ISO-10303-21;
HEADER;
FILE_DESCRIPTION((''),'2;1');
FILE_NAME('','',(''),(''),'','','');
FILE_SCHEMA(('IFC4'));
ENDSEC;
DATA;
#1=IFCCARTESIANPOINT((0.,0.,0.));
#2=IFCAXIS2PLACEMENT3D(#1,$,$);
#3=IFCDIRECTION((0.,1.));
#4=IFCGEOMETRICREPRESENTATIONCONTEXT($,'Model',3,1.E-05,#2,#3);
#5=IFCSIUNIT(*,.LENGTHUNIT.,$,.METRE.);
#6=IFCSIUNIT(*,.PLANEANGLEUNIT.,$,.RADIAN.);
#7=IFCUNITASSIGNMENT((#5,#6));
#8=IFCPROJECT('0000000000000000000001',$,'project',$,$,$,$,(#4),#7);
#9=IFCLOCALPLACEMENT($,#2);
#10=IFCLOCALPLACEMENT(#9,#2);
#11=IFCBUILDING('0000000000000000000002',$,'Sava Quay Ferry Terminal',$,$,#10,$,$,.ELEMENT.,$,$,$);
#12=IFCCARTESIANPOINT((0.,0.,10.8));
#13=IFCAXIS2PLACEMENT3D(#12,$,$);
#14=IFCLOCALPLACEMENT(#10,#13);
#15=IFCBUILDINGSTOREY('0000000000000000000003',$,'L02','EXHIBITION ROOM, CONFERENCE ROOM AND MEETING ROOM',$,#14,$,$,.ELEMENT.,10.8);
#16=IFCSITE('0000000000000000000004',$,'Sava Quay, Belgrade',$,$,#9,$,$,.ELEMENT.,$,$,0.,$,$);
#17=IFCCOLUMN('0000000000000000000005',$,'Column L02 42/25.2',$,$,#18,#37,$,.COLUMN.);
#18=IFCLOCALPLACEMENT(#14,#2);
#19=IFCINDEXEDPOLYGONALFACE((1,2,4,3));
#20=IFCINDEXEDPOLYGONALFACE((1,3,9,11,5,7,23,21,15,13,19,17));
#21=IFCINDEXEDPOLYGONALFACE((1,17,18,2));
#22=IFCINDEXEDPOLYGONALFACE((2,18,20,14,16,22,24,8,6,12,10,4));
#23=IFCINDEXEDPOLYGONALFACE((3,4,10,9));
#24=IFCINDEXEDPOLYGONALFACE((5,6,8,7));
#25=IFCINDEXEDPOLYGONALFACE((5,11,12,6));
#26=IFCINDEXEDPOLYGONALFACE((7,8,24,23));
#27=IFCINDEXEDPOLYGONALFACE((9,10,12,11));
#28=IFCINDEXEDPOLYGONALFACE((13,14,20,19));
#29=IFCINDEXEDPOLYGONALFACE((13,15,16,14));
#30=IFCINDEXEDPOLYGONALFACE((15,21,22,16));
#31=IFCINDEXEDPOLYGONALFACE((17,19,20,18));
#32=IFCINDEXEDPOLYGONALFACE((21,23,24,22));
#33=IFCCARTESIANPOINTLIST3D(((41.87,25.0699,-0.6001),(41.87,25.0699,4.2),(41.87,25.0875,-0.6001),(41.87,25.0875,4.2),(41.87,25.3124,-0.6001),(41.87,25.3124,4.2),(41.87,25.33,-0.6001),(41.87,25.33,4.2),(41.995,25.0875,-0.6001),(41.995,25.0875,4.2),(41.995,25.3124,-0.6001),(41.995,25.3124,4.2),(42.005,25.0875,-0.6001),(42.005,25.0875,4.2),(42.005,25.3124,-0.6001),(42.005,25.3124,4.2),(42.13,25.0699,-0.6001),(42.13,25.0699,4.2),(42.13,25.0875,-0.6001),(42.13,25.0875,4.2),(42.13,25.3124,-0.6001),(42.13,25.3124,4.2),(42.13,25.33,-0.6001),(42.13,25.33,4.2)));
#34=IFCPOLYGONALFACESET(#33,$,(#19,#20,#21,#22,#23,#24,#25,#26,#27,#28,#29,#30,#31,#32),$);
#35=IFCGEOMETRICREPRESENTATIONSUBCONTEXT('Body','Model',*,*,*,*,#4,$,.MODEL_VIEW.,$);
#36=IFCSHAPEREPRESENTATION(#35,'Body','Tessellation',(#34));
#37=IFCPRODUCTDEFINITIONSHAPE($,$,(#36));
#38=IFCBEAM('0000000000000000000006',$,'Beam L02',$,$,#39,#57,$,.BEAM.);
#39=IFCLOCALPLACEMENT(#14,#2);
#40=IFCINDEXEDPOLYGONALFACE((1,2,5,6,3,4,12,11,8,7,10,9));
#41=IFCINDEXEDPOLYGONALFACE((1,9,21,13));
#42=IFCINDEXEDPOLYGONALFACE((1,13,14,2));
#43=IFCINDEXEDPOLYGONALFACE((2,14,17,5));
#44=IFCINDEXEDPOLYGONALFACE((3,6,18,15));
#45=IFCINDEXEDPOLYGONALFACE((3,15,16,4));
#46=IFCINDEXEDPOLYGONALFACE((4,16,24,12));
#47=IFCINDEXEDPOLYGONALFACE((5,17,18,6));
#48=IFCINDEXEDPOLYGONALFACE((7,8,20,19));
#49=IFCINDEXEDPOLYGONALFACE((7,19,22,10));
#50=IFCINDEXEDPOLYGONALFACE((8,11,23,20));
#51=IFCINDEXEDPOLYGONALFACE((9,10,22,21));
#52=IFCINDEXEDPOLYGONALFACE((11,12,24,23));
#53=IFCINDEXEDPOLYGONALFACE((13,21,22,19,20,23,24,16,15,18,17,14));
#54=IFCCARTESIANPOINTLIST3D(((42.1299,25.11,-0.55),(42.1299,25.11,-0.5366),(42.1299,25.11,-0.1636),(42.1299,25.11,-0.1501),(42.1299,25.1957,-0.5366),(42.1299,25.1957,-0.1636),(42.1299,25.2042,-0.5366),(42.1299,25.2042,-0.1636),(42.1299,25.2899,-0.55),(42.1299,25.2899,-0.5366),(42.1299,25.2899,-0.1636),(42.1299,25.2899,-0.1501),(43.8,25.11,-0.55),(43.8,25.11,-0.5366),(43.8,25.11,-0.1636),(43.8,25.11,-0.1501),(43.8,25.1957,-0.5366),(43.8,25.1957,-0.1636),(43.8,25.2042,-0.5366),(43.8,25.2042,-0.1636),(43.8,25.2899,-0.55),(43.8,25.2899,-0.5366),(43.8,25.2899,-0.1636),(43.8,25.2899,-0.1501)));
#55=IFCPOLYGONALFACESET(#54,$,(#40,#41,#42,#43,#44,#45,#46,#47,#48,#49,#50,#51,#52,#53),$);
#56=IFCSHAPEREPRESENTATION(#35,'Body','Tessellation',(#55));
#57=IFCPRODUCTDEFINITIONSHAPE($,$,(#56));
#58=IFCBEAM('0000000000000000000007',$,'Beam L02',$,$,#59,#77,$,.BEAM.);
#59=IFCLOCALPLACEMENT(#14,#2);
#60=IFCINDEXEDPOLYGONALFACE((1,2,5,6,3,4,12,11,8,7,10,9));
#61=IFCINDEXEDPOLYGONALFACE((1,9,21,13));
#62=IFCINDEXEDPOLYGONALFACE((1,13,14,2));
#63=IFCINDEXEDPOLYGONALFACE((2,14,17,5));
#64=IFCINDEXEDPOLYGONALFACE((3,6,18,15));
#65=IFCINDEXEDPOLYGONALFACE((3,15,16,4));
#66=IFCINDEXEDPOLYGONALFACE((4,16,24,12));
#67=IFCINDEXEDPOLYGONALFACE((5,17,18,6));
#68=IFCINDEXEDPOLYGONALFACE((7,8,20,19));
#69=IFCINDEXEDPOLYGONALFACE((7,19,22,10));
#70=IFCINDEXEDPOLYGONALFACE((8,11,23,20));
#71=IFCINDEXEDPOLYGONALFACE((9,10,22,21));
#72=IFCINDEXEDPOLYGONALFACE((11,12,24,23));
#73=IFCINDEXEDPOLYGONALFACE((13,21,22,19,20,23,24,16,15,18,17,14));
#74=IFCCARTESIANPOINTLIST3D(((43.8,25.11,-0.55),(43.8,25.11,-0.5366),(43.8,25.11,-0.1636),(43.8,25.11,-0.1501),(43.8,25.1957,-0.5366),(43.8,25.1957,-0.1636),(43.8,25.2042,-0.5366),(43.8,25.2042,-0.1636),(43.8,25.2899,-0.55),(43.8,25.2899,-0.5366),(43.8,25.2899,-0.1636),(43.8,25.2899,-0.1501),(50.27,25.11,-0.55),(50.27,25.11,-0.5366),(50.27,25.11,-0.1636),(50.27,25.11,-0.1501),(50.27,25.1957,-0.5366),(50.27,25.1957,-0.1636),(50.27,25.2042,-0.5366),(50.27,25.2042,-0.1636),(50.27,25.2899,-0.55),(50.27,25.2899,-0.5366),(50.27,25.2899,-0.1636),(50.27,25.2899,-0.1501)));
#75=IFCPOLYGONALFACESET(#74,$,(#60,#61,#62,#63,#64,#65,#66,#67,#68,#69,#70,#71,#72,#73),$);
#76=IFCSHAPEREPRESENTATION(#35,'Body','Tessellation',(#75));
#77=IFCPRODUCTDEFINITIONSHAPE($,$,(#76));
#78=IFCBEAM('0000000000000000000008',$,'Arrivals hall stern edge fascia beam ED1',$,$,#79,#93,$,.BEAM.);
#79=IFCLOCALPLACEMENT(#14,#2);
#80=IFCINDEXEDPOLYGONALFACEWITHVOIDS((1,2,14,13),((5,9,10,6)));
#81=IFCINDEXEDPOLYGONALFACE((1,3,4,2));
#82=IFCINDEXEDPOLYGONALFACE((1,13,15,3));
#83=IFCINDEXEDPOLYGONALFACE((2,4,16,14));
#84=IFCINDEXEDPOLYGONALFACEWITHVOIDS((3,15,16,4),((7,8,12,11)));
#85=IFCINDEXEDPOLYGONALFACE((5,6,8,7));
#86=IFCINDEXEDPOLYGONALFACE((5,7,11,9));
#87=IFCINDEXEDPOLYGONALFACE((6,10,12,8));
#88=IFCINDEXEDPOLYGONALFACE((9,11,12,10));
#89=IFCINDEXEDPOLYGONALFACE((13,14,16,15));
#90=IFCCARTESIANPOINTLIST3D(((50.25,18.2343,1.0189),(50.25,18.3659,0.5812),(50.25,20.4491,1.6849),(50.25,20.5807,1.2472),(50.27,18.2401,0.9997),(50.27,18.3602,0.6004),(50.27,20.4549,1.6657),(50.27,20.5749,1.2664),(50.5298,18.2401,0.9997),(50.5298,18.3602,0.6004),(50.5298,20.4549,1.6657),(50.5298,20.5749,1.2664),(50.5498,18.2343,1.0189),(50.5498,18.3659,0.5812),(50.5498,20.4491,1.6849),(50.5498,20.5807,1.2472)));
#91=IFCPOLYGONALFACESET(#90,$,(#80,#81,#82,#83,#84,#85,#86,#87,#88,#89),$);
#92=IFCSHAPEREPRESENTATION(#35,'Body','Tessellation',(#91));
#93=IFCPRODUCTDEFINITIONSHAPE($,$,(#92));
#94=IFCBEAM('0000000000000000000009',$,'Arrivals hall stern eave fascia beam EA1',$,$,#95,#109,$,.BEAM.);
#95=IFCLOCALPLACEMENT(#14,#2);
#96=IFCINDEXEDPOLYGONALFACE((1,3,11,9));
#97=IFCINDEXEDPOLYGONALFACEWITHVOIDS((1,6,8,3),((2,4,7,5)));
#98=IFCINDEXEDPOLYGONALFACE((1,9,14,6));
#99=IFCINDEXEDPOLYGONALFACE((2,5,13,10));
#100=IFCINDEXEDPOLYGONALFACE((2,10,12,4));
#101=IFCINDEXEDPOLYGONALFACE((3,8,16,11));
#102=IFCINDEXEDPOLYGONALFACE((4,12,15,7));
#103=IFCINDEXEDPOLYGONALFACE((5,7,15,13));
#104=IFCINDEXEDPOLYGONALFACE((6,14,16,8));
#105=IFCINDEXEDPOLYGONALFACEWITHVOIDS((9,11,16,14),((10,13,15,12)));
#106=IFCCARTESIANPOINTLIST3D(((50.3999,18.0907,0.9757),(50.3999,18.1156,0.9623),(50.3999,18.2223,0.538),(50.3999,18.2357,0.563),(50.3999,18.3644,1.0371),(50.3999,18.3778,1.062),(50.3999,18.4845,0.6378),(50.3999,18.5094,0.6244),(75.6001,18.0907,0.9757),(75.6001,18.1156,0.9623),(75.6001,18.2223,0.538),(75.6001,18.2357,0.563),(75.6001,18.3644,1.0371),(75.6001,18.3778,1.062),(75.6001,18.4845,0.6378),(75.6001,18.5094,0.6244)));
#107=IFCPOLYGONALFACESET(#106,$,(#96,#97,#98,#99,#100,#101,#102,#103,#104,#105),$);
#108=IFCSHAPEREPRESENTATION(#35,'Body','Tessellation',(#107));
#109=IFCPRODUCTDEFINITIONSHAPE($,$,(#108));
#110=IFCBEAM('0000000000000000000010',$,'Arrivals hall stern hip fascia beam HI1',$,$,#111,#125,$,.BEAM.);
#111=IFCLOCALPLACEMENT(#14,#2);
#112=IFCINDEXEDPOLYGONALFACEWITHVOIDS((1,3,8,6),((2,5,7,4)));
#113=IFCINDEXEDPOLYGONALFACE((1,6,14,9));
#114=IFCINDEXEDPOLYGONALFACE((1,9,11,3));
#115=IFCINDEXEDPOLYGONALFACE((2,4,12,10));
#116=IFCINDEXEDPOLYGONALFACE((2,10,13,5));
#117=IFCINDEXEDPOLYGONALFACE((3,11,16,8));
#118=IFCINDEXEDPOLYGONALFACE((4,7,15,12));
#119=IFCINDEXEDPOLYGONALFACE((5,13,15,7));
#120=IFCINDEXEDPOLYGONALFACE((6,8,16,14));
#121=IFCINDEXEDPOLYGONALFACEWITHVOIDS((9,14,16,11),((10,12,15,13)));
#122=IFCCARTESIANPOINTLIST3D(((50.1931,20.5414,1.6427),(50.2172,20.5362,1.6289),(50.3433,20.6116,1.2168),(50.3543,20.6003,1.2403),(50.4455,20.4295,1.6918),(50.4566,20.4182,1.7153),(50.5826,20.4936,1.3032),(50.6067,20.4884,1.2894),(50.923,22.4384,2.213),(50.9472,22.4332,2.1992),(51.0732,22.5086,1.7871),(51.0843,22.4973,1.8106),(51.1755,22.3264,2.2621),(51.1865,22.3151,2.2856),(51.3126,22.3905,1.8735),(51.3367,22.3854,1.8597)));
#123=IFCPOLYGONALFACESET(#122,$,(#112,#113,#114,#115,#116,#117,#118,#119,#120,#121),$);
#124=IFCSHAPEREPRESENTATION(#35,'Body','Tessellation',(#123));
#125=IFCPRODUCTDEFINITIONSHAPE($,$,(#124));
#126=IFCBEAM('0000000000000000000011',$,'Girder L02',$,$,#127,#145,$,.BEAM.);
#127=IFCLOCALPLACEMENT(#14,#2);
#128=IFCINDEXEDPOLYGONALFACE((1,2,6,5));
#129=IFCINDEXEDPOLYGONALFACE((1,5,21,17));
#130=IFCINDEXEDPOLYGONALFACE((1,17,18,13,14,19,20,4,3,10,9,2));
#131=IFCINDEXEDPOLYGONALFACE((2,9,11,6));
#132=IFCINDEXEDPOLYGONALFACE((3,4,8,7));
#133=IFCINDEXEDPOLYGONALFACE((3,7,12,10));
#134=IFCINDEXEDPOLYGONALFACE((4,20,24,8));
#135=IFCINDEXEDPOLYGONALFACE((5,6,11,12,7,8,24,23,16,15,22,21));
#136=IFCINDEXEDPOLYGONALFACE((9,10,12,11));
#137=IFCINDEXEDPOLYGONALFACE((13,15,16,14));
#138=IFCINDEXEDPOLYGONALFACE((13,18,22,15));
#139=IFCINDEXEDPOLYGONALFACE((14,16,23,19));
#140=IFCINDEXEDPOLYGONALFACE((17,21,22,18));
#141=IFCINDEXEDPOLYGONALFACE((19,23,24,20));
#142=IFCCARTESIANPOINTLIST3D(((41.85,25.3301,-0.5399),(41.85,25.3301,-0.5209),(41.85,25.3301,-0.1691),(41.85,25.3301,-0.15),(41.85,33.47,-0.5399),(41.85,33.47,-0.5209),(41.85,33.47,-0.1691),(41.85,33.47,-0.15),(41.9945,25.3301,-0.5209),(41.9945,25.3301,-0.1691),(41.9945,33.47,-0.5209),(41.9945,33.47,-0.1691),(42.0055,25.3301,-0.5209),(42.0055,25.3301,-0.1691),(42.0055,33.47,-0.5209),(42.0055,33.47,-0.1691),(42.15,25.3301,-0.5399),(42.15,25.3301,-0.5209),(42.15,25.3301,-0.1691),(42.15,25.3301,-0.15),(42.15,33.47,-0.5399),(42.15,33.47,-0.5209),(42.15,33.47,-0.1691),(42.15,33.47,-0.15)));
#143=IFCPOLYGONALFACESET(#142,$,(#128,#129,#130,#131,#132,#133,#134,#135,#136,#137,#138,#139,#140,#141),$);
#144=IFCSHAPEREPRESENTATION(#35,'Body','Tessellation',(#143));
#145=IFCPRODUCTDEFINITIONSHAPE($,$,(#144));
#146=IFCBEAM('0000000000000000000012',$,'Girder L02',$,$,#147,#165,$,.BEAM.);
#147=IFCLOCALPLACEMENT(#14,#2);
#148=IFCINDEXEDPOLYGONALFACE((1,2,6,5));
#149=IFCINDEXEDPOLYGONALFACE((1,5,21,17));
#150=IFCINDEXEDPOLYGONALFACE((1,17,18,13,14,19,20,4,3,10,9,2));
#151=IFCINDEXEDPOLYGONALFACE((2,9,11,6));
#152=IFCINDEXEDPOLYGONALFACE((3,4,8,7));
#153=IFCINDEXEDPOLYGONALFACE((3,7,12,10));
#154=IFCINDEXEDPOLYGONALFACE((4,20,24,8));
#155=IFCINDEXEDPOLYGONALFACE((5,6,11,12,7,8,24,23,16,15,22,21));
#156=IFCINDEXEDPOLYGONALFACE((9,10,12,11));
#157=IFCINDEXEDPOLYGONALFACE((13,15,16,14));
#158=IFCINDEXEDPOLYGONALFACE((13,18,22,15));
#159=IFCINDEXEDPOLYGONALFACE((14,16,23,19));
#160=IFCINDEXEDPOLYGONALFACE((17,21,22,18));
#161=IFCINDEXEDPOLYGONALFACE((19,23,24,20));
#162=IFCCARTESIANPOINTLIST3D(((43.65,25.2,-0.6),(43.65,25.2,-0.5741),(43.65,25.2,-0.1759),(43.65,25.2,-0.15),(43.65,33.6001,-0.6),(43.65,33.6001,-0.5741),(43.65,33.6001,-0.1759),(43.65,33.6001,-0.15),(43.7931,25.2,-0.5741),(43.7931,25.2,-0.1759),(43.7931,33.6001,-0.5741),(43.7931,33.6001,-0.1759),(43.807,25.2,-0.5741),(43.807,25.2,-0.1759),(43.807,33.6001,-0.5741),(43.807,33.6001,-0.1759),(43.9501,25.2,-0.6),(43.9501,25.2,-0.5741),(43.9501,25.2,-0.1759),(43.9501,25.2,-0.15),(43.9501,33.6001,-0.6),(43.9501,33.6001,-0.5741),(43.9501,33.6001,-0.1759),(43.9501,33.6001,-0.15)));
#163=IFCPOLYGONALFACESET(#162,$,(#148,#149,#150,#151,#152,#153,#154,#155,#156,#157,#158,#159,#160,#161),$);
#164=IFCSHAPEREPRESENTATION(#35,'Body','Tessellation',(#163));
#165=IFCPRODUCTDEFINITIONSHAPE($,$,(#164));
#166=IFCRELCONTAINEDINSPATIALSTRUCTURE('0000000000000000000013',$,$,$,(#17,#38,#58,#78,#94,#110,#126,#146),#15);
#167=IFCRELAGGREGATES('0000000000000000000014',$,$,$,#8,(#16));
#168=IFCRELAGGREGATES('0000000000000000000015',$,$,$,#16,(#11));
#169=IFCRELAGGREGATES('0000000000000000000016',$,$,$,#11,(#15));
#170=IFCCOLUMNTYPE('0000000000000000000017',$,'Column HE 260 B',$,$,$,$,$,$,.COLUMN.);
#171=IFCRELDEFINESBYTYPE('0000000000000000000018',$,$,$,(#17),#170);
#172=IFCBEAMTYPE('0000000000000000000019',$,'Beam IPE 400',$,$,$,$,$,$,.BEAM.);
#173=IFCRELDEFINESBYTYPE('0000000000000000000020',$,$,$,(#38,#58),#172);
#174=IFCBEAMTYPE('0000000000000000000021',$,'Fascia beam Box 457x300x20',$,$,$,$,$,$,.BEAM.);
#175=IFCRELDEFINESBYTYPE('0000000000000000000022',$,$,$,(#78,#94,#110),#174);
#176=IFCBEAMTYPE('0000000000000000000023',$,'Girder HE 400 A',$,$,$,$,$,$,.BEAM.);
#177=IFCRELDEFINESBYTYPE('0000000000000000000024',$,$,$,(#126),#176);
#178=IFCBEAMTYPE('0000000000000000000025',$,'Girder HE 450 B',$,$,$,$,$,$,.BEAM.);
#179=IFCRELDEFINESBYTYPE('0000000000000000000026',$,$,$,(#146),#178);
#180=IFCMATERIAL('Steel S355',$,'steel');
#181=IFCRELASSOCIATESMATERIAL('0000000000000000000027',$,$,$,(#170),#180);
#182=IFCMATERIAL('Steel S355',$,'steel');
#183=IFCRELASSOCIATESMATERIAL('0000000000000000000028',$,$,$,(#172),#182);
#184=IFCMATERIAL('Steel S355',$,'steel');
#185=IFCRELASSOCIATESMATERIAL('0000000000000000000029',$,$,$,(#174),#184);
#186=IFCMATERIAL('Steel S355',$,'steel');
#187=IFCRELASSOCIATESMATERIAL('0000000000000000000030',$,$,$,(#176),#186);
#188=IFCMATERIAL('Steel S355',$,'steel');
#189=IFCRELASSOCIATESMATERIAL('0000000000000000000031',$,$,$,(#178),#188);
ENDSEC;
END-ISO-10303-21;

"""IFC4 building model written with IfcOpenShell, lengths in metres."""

from ifc_helpers import new_model, si_unit, direction, frame, origin, origin_2d, place, context, subcontext, project, spatial, polyline, i_section, outline, extrude, material, material_profile, profile_set, type_object, element, save


model = new_model("IFC4")

# Units and contexts
model_context = context("Model", 3, precision=1e-05, world=origin(), true_north=direction((0.0, 1.0)))
body_context = subcontext(model_context, "Body", "Model", "MODEL_VIEW")
ifc_project = project(units=[si_unit("LENGTHUNIT", "METRE"), si_unit("PLANEANGLEUNIT", "RADIAN")], contexts=[model_context])

# Site, building, storey
site_placement = place(None, origin())
site = spatial("IfcSite", under=ifc_project, at=site_placement, Name="Sava Quay, Belgrade", CompositionType="ELEMENT", RefElevation=0.0)
building_placement = place(site_placement, origin())
building = spatial("IfcBuilding", under=site, at=building_placement, Name="Sava Quay Ferry Terminal", CompositionType="ELEMENT")
storey_placement = place(building_placement, frame((0.0, 0.0, 10.8)))
storey = spatial("IfcBuildingStorey", under=building, at=storey_placement, Name="L02", Description="EXHIBITION ROOM, CONFERENCE ROOM AND MEETING ROOM", CompositionType="ELEMENT", Elevation=10.8)

# Column
ifc_material_1 = material(Name="Steel S355", Category="steel")
ifc_material_profile_1 = material_profile(ifc_material_1, i_section(OverallWidth=0.26, OverallDepth=0.26, WebThickness=0.01, FlangeThickness=0.0176, at=origin_2d()), Name="HE 260 B")
ifc_profile_set_1 = profile_set([ifc_material_profile_1], Name="Steel S355")
column_type = type_object("IfcColumnType", Name="Column HE 260 B", PredefinedType="COLUMN", material=ifc_profile_set_1)
column_placement = place(storey_placement, frame((42.0, 25.2, -0.6001), z_axis=(0.0, 0.0, 1.0), x_axis=(1.0, 0.0, 0.0)))
element("IfcColumn", 1, at=column_placement, inside=storey, type_object=column_type, Name="Column L02 42/25.2", PredefinedType="COLUMN", context=body_context, shape_type="SweptSolid", body=[
    extrude(i_section(OverallWidth=0.26, OverallDepth=0.26, WebThickness=0.01, FlangeThickness=0.0176, at=origin_2d()), origin(), (0.0, 0.0, 1.0), 4.8),
])

# Beams
ifc_material_2 = material(Name="Steel S355", Category="steel")
ifc_material_profile_2 = material_profile(ifc_material_2, i_section(OverallWidth=0.1799, OverallDepth=0.3999, WebThickness=0.0085, FlangeThickness=0.0134, at=origin_2d()), Name="IPE 400")
ifc_profile_set_2 = profile_set([ifc_material_profile_2], Name="Steel S355")
beam_type_1 = type_object("IfcBeamType", Name="Beam IPE 400", PredefinedType="BEAM", material=ifc_profile_set_2)
beam_1_placement = place(storey_placement, frame((42.1299, 25.2, -0.3501), z_axis=(1.0, 0.0, 0.0), x_axis=(0.0, 1.0, 0.0)))
element("IfcBeam", 2, at=beam_1_placement, inside=storey, type_object=beam_type_1, Name="Beam L02", PredefinedType="BEAM", context=body_context, shape_type="SweptSolid", body=[
    extrude(i_section(OverallWidth=0.1799, OverallDepth=0.3999, WebThickness=0.0085, FlangeThickness=0.0134, at=origin_2d()), origin(), (0.0, 0.0, 1.0), 1.6702),
])
beam_2_placement = place(storey_placement, frame((43.8, 25.2, -0.3501), z_axis=(1.0, 0.0, 0.0), x_axis=(0.0, 1.0, 0.0)))
element("IfcBeam", 3, at=beam_2_placement, inside=storey, type_object=beam_type_1, Name="Beam L02", PredefinedType="BEAM", context=body_context, shape_type="SweptSolid", body=[
    extrude(i_section(OverallWidth=0.1799, OverallDepth=0.3999, WebThickness=0.0085, FlangeThickness=0.0134, at=origin_2d()), origin(), (0.0, 0.0, 1.0), 6.47),
])
ifc_material_3 = material(Name="Steel S355", Category="steel")
ifc_material_profile_3 = material_profile(ifc_material_3, outline(polyline([(-0.1499, -0.2285), (0.1499, -0.2285), (0.1499, 0.2285), (-0.1499, 0.2285), (-0.1499, -0.2285)]), holes=[polyline([(-0.1299, -0.2085), (-0.1299, 0.2085), (0.1299, 0.2085), (0.1299, -0.2085), (-0.1299, -0.2085)])]), Name="Box 457x300x20 built-up")
ifc_profile_set_3 = profile_set([ifc_material_profile_3], Name="Steel S355")
beam_type_2 = type_object("IfcBeamType", Name="Fascia beam Box 457x300x20", PredefinedType="BEAM", material=ifc_profile_set_3)
beam_3_placement = place(storey_placement, frame((50.3999, 20.5149, 1.4661), z_axis=(0.0, -0.95764, -0.287968), x_axis=(1.0, 0.0, 0.0)))
element("IfcBeam", 4, at=beam_3_placement, inside=storey, type_object=beam_type_2, Name="Arrivals hall stern edge fascia beam ED1", PredefinedType="BEAM", context=body_context, shape_type="SweptSolid", body=[
    extrude(outline(polyline([(-0.1499, -0.2285), (0.1499, -0.2285), (0.1499, 0.2285), (-0.1499, 0.2285), (-0.1499, -0.2285)]), holes=[polyline([(-0.1299, -0.2085), (-0.1299, 0.2085), (0.1299, 0.2085), (0.1299, -0.2085), (-0.1299, -0.2085)])]), origin(), (0.0, 0.0, 1.0), 2.3127),
])
beam_4_placement = place(storey_placement, frame((50.3999, 18.3, 0.8), z_axis=(1.0, 0.0, 0.0), x_axis=(0.0, 0.957647, 0.287946)))
element("IfcBeam", 5, at=beam_4_placement, inside=storey, type_object=beam_type_2, Name="Arrivals hall stern eave fascia beam EA1", PredefinedType="BEAM", context=body_context, shape_type="SweptSolid", body=[
    extrude(outline(polyline([(-0.1499, -0.2285), (0.1499, -0.2285), (0.1499, 0.2285), (-0.1499, 0.2285), (-0.1499, -0.2285)]), holes=[polyline([(-0.1299, -0.2085), (-0.1299, 0.2085), (0.1299, 0.2085), (0.1299, -0.2085), (-0.1299, -0.2085)])]), origin(), (0.0, 0.0, 1.0), 25.2002),
])
beam_5_placement = place(storey_placement, frame((50.3999, 20.5149, 1.4661), z_axis=(0.345786, 0.898582, 0.270153), x_axis=(-0.878881, 0.411009, -0.242159)))
element("IfcBeam", 6, at=beam_5_placement, inside=storey, type_object=beam_type_2, Name="Arrivals hall stern hip fascia beam HI1", PredefinedType="BEAM", context=body_context, shape_type="SweptSolid", body=[
    extrude(outline(polyline([(-0.1499, -0.2285), (0.1499, -0.2285), (0.1499, 0.2285), (-0.1499, 0.2285), (-0.1499, -0.2285)]), holes=[polyline([(-0.1299, -0.2085), (-0.1299, 0.2085), (0.1299, 0.2085), (0.1299, -0.2085), (-0.1299, -0.2085)])]), origin(), (0.0, 0.0, 1.0), 2.1111),
])
ifc_material_4 = material(Name="Steel S355", Category="steel")
ifc_material_profile_4 = material_profile(ifc_material_4, i_section(OverallWidth=0.3, OverallDepth=0.3899, WebThickness=0.011, FlangeThickness=0.019, at=origin_2d()), Name="HE 400 A")
ifc_profile_set_4 = profile_set([ifc_material_profile_4], Name="Steel S355")
beam_type_3 = type_object("IfcBeamType", Name="Girder HE 400 A", PredefinedType="BEAM", material=ifc_profile_set_4)
beam_6_placement = place(storey_placement, frame((42.0, 25.3301, -0.345), z_axis=(0.0, 1.0, 0.0), x_axis=(-1.0, 0.0, 0.0)))
element("IfcBeam", 7, at=beam_6_placement, inside=storey, type_object=beam_type_3, Name="Girder L02", PredefinedType="BEAM", context=body_context, shape_type="SweptSolid", body=[
    extrude(i_section(OverallWidth=0.3, OverallDepth=0.3899, WebThickness=0.011, FlangeThickness=0.019, at=origin_2d()), origin(), (0.0, 0.0, 1.0), 8.1399),
])
ifc_material_5 = material(Name="Steel S355", Category="steel")
ifc_material_profile_5 = material_profile(ifc_material_5, i_section(OverallWidth=0.3, OverallDepth=0.45, WebThickness=0.0139, FlangeThickness=0.0259, at=origin_2d()), Name="HE 450 B")
ifc_profile_set_5 = profile_set([ifc_material_profile_5], Name="Steel S355")
beam_type_4 = type_object("IfcBeamType", Name="Girder HE 450 B", PredefinedType="BEAM", material=ifc_profile_set_5)
beam_7_placement = place(storey_placement, frame((43.8, 25.2, -0.375), z_axis=(0.0, 1.0, 0.0), x_axis=(-1.0, 0.0, 0.0)))
element("IfcBeam", 8, at=beam_7_placement, inside=storey, type_object=beam_type_4, Name="Girder L02", PredefinedType="BEAM", context=body_context, shape_type="SweptSolid", body=[
    extrude(i_section(OverallWidth=0.3, OverallDepth=0.45, WebThickness=0.0139, FlangeThickness=0.0259, at=origin_2d()), origin(), (0.0, 0.0, 1.0), 8.4001),
])

save(model, "model.ifc")
